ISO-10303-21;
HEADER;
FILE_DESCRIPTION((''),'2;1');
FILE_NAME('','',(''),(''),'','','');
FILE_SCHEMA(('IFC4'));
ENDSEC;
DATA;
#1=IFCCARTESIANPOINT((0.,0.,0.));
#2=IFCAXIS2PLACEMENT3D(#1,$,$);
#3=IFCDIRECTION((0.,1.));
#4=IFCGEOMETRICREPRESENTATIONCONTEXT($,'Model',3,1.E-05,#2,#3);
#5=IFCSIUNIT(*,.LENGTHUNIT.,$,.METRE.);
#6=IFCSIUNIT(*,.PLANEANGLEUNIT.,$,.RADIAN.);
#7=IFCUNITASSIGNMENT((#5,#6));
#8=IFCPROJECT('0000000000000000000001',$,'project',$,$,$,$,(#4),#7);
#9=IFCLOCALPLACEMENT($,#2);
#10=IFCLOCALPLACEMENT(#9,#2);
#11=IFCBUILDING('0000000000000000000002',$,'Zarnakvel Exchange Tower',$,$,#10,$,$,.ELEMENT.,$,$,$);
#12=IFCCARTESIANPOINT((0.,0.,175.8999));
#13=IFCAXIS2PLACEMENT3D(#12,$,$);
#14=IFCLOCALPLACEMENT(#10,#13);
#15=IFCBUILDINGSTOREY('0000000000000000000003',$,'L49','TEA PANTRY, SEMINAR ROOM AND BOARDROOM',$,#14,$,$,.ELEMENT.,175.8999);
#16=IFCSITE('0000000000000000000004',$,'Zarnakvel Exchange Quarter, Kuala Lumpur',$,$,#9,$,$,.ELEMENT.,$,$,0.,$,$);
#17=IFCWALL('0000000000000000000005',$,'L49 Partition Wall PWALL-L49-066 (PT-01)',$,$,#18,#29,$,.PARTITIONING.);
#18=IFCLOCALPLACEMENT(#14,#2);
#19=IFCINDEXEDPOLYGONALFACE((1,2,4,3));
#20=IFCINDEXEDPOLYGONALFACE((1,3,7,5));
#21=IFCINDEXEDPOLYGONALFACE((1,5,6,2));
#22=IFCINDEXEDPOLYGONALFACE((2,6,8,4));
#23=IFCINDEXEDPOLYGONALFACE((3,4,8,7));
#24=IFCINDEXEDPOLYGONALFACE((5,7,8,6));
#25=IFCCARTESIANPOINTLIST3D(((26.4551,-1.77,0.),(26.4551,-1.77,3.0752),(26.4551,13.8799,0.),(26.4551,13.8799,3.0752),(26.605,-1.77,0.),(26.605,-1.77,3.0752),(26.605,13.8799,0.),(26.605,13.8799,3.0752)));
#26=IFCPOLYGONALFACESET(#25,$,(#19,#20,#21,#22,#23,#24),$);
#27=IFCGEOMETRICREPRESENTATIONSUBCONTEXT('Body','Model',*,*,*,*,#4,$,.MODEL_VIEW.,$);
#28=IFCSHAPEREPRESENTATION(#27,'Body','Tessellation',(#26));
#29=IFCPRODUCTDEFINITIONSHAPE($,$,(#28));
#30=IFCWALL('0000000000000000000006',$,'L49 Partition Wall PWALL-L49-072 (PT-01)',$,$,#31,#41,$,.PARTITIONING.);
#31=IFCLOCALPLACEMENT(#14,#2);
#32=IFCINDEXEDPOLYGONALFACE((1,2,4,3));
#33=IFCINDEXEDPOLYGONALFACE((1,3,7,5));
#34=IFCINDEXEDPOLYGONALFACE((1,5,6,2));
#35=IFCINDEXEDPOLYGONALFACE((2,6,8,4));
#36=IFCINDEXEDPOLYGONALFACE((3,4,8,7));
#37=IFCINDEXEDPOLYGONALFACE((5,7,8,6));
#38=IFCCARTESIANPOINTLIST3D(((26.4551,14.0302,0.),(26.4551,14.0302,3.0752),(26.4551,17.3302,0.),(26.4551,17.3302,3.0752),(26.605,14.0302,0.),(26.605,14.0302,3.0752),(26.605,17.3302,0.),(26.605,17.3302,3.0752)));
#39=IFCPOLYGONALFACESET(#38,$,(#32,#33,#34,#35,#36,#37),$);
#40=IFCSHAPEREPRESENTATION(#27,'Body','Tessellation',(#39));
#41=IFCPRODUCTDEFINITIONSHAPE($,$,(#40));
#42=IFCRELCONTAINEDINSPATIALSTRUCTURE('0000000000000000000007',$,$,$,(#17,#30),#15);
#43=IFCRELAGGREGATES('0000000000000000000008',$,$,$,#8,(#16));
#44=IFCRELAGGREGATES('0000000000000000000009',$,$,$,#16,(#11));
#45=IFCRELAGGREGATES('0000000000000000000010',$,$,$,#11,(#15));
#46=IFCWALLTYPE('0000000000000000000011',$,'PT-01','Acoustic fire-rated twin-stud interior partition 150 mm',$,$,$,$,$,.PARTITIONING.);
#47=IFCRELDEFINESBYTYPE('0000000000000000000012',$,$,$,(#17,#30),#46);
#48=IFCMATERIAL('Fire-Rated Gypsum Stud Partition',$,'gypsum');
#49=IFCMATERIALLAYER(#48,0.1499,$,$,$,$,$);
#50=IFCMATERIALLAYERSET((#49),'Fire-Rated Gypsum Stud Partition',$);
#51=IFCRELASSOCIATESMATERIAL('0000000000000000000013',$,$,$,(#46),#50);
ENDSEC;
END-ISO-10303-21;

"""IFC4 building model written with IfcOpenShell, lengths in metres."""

from ifc_helpers import new_model, si_unit, direction, frame, frame_2d, origin, place, context, subcontext, project, spatial, rectangle, extrude, material, layer, layer_set, type_object, element, save


model = new_model("IFC4")

# Units and contexts
model_context = context("Model", 3, precision=1e-05, world=origin(), true_north=direction((0.0, 1.0)))
body_context = subcontext(model_context, "Body", "Model", "MODEL_VIEW")
ifc_project = project(units=[si_unit("LENGTHUNIT", "METRE"), si_unit("PLANEANGLEUNIT", "RADIAN")], contexts=[model_context])

# Site, building, storey
site_placement = place(None, origin())
site = spatial("IfcSite", under=ifc_project, at=site_placement, Name="Zarnakvel Exchange Quarter, Kuala Lumpur", CompositionType="ELEMENT", RefElevation=0.0)
building_placement = place(site_placement, origin())
building = spatial("IfcBuilding", under=site, at=building_placement, Name="Zarnakvel Exchange Tower", CompositionType="ELEMENT")
storey_placement = place(building_placement, frame((0.0, 0.0, 175.8999)))
storey = spatial("IfcBuildingStorey", under=building, at=storey_placement, Name="L49", Description="TEA PANTRY, SEMINAR ROOM AND BOARDROOM", CompositionType="ELEMENT", Elevation=175.8999)

# Walls
ifc_material_1 = material(Name="Fire-Rated Gypsum Stud Partition", Category="gypsum")
ifc_layer_1 = layer(ifc_material_1, 0.1499)
ifc_layer_set_1 = layer_set([ifc_layer_1], Name="Fire-Rated Gypsum Stud Partition")
wall_type_1 = type_object("IfcWallType", Name="PT-01", Description="Acoustic fire-rated twin-stud interior partition 150 mm", PredefinedType="PARTITIONING", material=ifc_layer_set_1)
wall_1_placement = place(storey_placement, frame((26.53, 13.8799, 0.0), z_axis=(0.0, 0.0, 1.0), x_axis=(0.0, -1.0, 0.0)))
element("IfcWall", 1, at=wall_1_placement, inside=storey, type_object=wall_type_1, Name="L49 Partition Wall PWALL-L49-066 (PT-01)", PredefinedType="PARTITIONING", context=body_context, shape_type="SweptSolid", body=[
    extrude(rectangle(XDim=15.6499, YDim=0.1499, at=frame_2d((7.825, 0.0))), origin(), (0.0, 0.0, 1.0), 3.0752),
])
wall_2_placement = place(storey_placement, frame((26.53, 17.3301, 0.0), z_axis=(0.0, 0.0, 1.0), x_axis=(0.0, -1.0, 0.0)))
element("IfcWall", 2, at=wall_2_placement, inside=storey, type_object=wall_type_1, Name="L49 Partition Wall PWALL-L49-072 (PT-01)", PredefinedType="PARTITIONING", context=body_context, shape_type="SweptSolid", body=[
    extrude(rectangle(XDim=3.3, YDim=0.1499, at=frame_2d((1.6499, 0.0))), origin(), (0.0, 0.0, 1.0), 3.0752),
])

save(model, "model.ifc")
